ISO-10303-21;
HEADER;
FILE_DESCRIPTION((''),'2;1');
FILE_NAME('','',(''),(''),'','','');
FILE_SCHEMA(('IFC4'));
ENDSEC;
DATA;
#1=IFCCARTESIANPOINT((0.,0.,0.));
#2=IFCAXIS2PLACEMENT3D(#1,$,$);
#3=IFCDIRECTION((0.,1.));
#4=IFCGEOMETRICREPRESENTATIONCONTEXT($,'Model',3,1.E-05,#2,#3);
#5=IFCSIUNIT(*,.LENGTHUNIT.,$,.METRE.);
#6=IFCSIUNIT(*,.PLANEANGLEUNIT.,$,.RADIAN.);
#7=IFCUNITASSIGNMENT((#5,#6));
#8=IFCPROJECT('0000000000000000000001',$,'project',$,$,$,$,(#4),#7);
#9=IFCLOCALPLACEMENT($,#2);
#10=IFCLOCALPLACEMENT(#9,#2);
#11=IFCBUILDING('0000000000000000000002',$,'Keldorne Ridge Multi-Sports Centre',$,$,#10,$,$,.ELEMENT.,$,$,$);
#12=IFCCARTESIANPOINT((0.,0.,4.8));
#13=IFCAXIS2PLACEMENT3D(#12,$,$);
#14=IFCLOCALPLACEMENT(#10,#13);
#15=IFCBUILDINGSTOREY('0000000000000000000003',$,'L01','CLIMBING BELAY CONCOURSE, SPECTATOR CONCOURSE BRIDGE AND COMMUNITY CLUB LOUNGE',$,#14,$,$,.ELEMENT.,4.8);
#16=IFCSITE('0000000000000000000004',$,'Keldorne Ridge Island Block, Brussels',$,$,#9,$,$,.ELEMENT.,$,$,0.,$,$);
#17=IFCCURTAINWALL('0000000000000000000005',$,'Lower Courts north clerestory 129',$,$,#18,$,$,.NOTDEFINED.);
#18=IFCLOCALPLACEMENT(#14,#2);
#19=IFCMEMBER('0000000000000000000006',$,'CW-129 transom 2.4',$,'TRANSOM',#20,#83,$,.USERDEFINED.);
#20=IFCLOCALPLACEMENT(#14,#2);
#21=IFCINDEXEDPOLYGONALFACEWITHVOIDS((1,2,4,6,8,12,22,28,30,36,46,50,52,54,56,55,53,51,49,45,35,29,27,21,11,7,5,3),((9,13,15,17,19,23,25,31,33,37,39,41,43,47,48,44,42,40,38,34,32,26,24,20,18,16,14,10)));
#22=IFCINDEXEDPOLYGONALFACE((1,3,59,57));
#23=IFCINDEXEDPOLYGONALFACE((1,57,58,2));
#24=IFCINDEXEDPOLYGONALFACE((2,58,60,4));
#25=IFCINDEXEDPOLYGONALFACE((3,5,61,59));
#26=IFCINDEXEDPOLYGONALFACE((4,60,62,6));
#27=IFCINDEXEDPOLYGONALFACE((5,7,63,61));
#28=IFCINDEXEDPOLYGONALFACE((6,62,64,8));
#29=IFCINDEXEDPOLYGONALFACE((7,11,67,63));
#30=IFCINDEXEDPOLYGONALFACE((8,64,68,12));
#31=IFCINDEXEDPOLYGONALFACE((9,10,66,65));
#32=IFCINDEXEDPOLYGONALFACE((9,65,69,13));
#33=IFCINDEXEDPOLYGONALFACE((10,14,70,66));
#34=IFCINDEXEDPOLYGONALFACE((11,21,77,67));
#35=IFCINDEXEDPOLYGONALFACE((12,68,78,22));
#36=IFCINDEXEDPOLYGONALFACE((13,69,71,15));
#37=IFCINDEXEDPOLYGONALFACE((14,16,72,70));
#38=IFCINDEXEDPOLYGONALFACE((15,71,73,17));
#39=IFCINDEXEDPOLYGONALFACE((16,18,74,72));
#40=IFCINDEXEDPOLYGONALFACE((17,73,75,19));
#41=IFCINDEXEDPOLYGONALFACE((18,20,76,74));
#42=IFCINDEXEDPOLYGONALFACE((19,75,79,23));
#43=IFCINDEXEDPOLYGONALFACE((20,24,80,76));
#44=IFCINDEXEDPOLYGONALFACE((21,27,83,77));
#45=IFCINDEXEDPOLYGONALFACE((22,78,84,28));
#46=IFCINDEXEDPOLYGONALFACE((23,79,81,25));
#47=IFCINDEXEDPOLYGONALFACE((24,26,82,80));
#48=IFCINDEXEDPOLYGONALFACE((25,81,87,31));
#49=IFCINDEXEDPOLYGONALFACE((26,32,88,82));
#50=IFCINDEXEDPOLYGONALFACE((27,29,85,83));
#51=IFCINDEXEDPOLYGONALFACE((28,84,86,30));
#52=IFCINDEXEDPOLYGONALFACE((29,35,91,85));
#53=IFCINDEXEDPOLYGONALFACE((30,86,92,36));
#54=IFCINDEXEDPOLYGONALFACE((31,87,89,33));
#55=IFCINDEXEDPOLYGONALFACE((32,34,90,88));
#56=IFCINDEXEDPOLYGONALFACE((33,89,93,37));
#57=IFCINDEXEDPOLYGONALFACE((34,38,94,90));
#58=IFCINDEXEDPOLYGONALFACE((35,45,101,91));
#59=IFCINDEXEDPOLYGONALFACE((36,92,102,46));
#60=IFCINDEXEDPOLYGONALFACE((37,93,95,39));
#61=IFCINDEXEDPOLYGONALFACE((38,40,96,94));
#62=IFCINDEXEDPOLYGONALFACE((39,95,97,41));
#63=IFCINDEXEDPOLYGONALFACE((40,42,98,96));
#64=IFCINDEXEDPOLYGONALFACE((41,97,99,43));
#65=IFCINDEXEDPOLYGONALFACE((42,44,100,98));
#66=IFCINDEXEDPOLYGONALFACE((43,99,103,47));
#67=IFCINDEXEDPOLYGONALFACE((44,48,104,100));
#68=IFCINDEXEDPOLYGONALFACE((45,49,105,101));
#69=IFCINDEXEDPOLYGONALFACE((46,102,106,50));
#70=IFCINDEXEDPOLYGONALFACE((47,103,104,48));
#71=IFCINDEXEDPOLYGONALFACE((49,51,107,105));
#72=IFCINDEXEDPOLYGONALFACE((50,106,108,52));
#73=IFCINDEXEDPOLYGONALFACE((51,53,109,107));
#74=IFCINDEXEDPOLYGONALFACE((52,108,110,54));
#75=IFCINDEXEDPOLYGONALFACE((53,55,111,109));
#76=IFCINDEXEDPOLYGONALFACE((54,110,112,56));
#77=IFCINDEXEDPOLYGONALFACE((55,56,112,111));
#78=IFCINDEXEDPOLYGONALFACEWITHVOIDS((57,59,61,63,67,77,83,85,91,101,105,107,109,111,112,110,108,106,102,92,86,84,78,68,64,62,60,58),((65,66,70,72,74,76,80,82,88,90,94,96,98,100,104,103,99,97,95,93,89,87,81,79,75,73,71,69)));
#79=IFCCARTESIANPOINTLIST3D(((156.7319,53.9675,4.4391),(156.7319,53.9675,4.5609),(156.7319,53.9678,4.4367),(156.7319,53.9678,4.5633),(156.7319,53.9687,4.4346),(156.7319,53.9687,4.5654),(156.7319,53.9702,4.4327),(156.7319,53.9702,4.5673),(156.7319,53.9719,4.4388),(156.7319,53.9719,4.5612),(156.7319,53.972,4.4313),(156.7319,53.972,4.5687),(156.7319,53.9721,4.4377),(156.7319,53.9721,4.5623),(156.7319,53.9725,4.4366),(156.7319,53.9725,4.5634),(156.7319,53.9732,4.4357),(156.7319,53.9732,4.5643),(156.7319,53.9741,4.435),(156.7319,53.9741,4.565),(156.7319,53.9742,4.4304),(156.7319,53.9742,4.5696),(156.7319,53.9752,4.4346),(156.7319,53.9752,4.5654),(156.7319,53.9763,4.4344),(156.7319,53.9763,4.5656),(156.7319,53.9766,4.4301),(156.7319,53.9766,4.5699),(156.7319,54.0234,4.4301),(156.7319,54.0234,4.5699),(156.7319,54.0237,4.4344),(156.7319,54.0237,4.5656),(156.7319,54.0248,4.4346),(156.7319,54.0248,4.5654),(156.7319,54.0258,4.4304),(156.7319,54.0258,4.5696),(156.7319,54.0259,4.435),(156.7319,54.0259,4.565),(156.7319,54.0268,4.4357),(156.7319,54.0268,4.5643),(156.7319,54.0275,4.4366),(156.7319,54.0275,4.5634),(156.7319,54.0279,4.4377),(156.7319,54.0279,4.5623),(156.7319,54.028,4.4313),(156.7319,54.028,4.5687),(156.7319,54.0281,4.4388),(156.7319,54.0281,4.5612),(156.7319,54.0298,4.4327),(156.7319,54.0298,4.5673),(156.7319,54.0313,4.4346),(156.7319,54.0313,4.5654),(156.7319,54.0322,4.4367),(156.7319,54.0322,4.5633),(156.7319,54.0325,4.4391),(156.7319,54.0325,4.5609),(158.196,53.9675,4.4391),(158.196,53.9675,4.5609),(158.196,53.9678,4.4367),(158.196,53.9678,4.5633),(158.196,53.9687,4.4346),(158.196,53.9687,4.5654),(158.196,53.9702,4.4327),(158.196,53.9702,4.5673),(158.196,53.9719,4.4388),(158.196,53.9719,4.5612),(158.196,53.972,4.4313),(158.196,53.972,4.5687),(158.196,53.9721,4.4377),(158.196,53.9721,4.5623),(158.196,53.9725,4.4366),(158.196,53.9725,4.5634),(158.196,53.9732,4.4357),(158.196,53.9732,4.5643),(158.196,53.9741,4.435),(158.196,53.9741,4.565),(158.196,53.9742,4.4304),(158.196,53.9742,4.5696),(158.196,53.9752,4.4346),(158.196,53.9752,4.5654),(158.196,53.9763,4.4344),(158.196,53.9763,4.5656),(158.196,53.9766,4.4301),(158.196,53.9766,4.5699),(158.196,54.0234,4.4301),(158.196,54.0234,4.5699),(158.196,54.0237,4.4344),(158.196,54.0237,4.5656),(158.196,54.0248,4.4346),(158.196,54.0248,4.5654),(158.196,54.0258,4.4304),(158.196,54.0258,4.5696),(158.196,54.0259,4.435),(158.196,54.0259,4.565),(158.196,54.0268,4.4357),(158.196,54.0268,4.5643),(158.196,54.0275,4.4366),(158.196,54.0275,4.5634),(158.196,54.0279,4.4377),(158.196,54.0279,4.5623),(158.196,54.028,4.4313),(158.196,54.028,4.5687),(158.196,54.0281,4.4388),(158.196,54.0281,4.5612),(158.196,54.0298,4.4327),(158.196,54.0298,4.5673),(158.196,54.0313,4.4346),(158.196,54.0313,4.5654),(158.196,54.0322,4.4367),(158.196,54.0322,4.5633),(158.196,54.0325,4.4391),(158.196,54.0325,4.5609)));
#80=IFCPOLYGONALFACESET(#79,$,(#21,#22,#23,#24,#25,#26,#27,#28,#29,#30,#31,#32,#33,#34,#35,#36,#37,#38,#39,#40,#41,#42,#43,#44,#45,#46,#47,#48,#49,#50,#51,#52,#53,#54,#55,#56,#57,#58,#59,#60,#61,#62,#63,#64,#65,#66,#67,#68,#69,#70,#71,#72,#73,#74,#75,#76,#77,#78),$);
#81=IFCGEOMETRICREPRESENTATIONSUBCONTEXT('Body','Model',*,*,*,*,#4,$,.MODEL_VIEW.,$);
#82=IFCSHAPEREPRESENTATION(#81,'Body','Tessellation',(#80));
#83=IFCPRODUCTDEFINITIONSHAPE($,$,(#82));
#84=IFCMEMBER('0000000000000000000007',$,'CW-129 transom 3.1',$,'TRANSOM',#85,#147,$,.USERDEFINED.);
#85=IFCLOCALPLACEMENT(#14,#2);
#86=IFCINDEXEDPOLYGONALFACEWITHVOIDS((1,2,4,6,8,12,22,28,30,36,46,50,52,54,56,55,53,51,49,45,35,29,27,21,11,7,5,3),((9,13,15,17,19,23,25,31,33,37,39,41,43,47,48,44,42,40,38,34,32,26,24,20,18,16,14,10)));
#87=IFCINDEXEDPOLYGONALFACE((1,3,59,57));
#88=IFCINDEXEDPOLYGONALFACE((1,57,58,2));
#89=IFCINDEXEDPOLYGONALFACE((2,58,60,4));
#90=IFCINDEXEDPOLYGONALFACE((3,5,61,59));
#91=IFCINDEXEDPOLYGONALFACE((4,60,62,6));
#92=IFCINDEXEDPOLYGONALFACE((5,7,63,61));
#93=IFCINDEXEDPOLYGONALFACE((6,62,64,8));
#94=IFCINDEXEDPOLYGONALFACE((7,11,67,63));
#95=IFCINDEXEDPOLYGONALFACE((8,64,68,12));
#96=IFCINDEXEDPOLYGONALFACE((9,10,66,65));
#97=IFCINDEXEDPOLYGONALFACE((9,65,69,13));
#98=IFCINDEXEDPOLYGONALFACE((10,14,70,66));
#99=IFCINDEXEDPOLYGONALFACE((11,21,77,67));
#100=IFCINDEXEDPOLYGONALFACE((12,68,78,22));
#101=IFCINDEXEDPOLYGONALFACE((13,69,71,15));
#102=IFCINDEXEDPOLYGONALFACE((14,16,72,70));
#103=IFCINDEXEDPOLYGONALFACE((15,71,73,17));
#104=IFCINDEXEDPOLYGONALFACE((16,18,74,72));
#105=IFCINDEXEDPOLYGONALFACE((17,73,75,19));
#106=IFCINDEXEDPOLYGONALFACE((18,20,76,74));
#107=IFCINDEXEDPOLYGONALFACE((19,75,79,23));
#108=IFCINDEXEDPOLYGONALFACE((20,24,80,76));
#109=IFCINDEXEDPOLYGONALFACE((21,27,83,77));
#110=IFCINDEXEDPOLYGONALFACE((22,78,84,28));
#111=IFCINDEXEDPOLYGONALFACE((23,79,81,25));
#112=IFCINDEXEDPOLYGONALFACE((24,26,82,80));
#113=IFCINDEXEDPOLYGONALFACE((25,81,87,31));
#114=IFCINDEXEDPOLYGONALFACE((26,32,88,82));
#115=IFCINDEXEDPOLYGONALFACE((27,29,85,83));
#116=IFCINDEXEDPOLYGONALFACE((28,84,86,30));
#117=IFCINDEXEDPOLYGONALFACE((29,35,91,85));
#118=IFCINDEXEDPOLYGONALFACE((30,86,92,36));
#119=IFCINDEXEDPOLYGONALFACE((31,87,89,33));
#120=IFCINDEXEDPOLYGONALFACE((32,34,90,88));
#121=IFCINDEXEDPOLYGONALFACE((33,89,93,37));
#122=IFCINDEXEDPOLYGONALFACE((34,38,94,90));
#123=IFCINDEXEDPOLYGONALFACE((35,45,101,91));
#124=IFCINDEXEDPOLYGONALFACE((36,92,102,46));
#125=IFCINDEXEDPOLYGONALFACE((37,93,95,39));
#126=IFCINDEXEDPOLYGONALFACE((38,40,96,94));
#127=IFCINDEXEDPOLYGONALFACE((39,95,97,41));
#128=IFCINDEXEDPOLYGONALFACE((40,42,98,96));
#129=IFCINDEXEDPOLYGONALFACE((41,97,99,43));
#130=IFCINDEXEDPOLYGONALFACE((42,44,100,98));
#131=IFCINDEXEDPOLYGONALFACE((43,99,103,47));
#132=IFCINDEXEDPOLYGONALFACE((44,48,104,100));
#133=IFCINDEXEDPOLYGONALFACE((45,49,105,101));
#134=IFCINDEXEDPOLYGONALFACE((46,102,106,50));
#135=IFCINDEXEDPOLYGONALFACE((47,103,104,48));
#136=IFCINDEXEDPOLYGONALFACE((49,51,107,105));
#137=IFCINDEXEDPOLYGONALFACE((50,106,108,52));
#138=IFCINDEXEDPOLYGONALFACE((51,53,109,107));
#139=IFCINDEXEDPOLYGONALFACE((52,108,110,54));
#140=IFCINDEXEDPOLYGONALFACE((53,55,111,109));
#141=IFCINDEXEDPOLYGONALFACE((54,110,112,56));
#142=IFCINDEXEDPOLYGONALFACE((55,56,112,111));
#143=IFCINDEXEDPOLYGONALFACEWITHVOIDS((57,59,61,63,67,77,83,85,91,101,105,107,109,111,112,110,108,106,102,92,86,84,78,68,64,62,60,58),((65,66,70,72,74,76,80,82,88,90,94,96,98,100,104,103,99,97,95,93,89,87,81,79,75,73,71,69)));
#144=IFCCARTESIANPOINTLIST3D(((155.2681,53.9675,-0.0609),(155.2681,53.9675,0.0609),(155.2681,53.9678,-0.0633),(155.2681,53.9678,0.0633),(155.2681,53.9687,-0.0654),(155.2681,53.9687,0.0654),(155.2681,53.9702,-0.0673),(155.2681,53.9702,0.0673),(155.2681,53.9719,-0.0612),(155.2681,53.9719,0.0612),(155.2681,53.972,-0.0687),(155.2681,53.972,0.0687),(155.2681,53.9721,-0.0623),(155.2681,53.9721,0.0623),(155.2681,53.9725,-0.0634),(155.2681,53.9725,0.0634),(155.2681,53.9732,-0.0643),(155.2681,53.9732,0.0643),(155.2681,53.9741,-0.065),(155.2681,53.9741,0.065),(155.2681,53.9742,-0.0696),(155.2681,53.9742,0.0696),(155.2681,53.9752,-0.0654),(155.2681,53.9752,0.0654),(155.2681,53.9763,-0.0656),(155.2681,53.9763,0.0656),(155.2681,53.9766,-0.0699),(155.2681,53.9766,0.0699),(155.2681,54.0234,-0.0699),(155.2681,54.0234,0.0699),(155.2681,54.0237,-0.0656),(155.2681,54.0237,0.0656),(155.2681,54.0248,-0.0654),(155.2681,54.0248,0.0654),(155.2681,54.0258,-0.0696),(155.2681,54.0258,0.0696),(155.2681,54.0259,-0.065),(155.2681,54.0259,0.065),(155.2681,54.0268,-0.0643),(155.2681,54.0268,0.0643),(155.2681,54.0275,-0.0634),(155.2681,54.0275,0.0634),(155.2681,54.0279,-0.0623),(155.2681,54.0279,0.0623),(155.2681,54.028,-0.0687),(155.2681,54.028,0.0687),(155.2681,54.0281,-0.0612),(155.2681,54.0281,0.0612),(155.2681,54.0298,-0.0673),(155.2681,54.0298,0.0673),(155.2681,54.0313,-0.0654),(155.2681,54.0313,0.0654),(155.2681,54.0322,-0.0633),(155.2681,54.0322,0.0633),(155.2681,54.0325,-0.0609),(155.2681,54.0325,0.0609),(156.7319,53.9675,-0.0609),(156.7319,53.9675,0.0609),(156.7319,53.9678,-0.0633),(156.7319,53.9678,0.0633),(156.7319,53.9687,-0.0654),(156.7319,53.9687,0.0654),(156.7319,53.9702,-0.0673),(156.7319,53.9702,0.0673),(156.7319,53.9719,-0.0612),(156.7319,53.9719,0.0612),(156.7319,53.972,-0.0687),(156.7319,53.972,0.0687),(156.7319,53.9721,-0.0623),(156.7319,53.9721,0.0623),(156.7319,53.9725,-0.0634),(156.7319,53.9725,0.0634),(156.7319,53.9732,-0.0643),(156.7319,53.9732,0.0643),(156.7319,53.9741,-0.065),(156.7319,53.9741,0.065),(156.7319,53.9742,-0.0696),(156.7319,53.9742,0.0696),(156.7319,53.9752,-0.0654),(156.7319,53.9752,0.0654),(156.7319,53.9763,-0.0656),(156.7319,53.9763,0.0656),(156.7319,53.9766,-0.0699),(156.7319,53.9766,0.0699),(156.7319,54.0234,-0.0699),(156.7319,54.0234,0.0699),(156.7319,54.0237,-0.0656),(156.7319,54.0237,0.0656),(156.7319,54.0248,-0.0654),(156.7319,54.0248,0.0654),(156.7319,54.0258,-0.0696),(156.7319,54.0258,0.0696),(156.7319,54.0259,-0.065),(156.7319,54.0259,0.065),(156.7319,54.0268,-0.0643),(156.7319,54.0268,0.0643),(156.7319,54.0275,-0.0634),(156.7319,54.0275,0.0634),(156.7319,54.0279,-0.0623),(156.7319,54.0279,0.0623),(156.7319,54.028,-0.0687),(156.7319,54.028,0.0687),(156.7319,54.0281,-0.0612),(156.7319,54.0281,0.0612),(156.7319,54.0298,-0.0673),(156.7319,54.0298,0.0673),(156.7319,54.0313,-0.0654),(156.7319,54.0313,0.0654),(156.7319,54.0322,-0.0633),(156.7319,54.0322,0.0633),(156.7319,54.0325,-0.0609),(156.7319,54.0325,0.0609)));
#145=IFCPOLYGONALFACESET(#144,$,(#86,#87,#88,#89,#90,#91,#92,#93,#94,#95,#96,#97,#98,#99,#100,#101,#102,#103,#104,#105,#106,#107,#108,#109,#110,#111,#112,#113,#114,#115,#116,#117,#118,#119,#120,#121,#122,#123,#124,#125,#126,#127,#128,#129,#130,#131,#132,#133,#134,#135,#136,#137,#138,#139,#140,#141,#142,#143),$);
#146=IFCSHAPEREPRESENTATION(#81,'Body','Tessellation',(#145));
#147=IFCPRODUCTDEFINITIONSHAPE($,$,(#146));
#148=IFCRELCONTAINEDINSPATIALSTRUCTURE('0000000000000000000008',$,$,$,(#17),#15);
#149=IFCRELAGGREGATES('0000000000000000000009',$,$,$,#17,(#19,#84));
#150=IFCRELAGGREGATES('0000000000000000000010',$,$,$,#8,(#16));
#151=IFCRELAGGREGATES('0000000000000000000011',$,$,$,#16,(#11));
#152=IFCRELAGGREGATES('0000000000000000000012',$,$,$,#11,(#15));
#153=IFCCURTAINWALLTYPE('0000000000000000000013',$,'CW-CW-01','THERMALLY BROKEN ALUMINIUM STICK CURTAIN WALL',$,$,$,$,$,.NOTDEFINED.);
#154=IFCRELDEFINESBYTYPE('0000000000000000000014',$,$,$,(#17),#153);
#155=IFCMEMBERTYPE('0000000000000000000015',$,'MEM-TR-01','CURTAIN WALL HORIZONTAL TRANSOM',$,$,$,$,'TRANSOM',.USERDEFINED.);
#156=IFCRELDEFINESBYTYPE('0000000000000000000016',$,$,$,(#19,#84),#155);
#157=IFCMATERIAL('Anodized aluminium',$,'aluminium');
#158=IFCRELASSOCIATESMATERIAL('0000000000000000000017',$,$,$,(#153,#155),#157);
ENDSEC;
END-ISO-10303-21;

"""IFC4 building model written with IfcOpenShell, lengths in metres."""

from ifc_helpers import new_model, si_unit, direction, frame, origin, origin_2d, place, context, subcontext, project, spatial, hollow_rectangle, extrude, material, material_profile, profile_set, type_object, element, aggregate, save


model = new_model("IFC4")

# Units and contexts
model_context = context("Model", 3, precision=1e-05, world=origin(), true_north=direction((0.0, 1.0)))
body_context = subcontext(model_context, "Body", "Model", "MODEL_VIEW")
ifc_project = project(units=[si_unit("LENGTHUNIT", "METRE"), si_unit("PLANEANGLEUNIT", "RADIAN")], contexts=[model_context])

# Site, building, storey
site_placement = place(None, origin())
site = spatial("IfcSite", under=ifc_project, at=site_placement, Name="Keldorne Ridge Island Block, Brussels", CompositionType="ELEMENT", RefElevation=0.0)
building_placement = place(site_placement, origin())
building = spatial("IfcBuilding", under=site, at=building_placement, Name="Keldorne Ridge Multi-Sports Centre", CompositionType="ELEMENT")
storey_placement = place(building_placement, frame((0.0, 0.0, 4.8)))
storey = spatial("IfcBuildingStorey", under=building, at=storey_placement, Name="L01", Description="CLIMBING BELAY CONCOURSE, SPECTATOR CONCOURSE BRIDGE AND COMMUNITY CLUB LOUNGE", CompositionType="ELEMENT", Elevation=4.8)

# Curtain wall, members
ifc_material_1 = material(Name="Anodized aluminium", Category="aluminium")
curtain_wall_type = type_object("IfcCurtainWallType", Name="CW-CW-01", Description="THERMALLY BROKEN ALUMINIUM STICK CURTAIN WALL", PredefinedType="NOTDEFINED", material=ifc_material_1)
curtain_wall_placement = place(storey_placement, origin())
curtain_wall = element("IfcCurtainWall", 1, at=curtain_wall_placement, inside=storey, type_object=curtain_wall_type, Name="Lower Courts north clerestory 129", PredefinedType="NOTDEFINED")
ifc_material_profile_1 = material_profile(ifc_material_1, hollow_rectangle(XDim=0.0649, YDim=0.1399, WallThickness=0.0044, InnerFilletRadius=0.0044, OuterFilletRadius=0.009, at=origin_2d()), Name="ALU TRANSOM 140x65x4.5")
ifc_profile_set_1 = profile_set([ifc_material_profile_1], Name="Anodized aluminium")
member_type_1 = type_object("IfcMemberType", Name="MEM-TR-01", Description="CURTAIN WALL HORIZONTAL TRANSOM", ElementType="TRANSOM", PredefinedType="USERDEFINED", material=ifc_profile_set_1)
member_1_placement = place(storey_placement, frame((158.196, 54.0, 4.5), z_axis=(-1.0, 0.0, 0.0), x_axis=(0.0, -1.0, 0.0)))
member_1 = element("IfcMember", 2, at=member_1_placement, type_object=member_type_1, Name="CW-129 transom 2.4", ObjectType="TRANSOM", PredefinedType="USERDEFINED", context=body_context, shape_type="SweptSolid", body=[
    extrude(hollow_rectangle(XDim=0.0649, YDim=0.1399, WallThickness=0.0044, InnerFilletRadius=0.0044, OuterFilletRadius=0.009, at=origin_2d()), origin(), (0.0, 0.0, 1.0), 1.4641),
])
member_2_placement = place(storey_placement, frame((156.7319, 54.0, 0.0), z_axis=(-1.0, 0.0, 0.0), x_axis=(0.0, -1.0, 0.0)))
member_2 = element("IfcMember", 3, at=member_2_placement, type_object=member_type_1, Name="CW-129 transom 3.1", ObjectType="TRANSOM", PredefinedType="USERDEFINED", context=body_context, shape_type="SweptSolid", body=[
    extrude(hollow_rectangle(XDim=0.0649, YDim=0.1399, WallThickness=0.0044, InnerFilletRadius=0.0044, OuterFilletRadius=0.009, at=origin_2d()), origin(), (0.0, 0.0, 1.0), 1.4639),
])
aggregate(curtain_wall, [member_1, member_2])

save(model, "model.ifc")
